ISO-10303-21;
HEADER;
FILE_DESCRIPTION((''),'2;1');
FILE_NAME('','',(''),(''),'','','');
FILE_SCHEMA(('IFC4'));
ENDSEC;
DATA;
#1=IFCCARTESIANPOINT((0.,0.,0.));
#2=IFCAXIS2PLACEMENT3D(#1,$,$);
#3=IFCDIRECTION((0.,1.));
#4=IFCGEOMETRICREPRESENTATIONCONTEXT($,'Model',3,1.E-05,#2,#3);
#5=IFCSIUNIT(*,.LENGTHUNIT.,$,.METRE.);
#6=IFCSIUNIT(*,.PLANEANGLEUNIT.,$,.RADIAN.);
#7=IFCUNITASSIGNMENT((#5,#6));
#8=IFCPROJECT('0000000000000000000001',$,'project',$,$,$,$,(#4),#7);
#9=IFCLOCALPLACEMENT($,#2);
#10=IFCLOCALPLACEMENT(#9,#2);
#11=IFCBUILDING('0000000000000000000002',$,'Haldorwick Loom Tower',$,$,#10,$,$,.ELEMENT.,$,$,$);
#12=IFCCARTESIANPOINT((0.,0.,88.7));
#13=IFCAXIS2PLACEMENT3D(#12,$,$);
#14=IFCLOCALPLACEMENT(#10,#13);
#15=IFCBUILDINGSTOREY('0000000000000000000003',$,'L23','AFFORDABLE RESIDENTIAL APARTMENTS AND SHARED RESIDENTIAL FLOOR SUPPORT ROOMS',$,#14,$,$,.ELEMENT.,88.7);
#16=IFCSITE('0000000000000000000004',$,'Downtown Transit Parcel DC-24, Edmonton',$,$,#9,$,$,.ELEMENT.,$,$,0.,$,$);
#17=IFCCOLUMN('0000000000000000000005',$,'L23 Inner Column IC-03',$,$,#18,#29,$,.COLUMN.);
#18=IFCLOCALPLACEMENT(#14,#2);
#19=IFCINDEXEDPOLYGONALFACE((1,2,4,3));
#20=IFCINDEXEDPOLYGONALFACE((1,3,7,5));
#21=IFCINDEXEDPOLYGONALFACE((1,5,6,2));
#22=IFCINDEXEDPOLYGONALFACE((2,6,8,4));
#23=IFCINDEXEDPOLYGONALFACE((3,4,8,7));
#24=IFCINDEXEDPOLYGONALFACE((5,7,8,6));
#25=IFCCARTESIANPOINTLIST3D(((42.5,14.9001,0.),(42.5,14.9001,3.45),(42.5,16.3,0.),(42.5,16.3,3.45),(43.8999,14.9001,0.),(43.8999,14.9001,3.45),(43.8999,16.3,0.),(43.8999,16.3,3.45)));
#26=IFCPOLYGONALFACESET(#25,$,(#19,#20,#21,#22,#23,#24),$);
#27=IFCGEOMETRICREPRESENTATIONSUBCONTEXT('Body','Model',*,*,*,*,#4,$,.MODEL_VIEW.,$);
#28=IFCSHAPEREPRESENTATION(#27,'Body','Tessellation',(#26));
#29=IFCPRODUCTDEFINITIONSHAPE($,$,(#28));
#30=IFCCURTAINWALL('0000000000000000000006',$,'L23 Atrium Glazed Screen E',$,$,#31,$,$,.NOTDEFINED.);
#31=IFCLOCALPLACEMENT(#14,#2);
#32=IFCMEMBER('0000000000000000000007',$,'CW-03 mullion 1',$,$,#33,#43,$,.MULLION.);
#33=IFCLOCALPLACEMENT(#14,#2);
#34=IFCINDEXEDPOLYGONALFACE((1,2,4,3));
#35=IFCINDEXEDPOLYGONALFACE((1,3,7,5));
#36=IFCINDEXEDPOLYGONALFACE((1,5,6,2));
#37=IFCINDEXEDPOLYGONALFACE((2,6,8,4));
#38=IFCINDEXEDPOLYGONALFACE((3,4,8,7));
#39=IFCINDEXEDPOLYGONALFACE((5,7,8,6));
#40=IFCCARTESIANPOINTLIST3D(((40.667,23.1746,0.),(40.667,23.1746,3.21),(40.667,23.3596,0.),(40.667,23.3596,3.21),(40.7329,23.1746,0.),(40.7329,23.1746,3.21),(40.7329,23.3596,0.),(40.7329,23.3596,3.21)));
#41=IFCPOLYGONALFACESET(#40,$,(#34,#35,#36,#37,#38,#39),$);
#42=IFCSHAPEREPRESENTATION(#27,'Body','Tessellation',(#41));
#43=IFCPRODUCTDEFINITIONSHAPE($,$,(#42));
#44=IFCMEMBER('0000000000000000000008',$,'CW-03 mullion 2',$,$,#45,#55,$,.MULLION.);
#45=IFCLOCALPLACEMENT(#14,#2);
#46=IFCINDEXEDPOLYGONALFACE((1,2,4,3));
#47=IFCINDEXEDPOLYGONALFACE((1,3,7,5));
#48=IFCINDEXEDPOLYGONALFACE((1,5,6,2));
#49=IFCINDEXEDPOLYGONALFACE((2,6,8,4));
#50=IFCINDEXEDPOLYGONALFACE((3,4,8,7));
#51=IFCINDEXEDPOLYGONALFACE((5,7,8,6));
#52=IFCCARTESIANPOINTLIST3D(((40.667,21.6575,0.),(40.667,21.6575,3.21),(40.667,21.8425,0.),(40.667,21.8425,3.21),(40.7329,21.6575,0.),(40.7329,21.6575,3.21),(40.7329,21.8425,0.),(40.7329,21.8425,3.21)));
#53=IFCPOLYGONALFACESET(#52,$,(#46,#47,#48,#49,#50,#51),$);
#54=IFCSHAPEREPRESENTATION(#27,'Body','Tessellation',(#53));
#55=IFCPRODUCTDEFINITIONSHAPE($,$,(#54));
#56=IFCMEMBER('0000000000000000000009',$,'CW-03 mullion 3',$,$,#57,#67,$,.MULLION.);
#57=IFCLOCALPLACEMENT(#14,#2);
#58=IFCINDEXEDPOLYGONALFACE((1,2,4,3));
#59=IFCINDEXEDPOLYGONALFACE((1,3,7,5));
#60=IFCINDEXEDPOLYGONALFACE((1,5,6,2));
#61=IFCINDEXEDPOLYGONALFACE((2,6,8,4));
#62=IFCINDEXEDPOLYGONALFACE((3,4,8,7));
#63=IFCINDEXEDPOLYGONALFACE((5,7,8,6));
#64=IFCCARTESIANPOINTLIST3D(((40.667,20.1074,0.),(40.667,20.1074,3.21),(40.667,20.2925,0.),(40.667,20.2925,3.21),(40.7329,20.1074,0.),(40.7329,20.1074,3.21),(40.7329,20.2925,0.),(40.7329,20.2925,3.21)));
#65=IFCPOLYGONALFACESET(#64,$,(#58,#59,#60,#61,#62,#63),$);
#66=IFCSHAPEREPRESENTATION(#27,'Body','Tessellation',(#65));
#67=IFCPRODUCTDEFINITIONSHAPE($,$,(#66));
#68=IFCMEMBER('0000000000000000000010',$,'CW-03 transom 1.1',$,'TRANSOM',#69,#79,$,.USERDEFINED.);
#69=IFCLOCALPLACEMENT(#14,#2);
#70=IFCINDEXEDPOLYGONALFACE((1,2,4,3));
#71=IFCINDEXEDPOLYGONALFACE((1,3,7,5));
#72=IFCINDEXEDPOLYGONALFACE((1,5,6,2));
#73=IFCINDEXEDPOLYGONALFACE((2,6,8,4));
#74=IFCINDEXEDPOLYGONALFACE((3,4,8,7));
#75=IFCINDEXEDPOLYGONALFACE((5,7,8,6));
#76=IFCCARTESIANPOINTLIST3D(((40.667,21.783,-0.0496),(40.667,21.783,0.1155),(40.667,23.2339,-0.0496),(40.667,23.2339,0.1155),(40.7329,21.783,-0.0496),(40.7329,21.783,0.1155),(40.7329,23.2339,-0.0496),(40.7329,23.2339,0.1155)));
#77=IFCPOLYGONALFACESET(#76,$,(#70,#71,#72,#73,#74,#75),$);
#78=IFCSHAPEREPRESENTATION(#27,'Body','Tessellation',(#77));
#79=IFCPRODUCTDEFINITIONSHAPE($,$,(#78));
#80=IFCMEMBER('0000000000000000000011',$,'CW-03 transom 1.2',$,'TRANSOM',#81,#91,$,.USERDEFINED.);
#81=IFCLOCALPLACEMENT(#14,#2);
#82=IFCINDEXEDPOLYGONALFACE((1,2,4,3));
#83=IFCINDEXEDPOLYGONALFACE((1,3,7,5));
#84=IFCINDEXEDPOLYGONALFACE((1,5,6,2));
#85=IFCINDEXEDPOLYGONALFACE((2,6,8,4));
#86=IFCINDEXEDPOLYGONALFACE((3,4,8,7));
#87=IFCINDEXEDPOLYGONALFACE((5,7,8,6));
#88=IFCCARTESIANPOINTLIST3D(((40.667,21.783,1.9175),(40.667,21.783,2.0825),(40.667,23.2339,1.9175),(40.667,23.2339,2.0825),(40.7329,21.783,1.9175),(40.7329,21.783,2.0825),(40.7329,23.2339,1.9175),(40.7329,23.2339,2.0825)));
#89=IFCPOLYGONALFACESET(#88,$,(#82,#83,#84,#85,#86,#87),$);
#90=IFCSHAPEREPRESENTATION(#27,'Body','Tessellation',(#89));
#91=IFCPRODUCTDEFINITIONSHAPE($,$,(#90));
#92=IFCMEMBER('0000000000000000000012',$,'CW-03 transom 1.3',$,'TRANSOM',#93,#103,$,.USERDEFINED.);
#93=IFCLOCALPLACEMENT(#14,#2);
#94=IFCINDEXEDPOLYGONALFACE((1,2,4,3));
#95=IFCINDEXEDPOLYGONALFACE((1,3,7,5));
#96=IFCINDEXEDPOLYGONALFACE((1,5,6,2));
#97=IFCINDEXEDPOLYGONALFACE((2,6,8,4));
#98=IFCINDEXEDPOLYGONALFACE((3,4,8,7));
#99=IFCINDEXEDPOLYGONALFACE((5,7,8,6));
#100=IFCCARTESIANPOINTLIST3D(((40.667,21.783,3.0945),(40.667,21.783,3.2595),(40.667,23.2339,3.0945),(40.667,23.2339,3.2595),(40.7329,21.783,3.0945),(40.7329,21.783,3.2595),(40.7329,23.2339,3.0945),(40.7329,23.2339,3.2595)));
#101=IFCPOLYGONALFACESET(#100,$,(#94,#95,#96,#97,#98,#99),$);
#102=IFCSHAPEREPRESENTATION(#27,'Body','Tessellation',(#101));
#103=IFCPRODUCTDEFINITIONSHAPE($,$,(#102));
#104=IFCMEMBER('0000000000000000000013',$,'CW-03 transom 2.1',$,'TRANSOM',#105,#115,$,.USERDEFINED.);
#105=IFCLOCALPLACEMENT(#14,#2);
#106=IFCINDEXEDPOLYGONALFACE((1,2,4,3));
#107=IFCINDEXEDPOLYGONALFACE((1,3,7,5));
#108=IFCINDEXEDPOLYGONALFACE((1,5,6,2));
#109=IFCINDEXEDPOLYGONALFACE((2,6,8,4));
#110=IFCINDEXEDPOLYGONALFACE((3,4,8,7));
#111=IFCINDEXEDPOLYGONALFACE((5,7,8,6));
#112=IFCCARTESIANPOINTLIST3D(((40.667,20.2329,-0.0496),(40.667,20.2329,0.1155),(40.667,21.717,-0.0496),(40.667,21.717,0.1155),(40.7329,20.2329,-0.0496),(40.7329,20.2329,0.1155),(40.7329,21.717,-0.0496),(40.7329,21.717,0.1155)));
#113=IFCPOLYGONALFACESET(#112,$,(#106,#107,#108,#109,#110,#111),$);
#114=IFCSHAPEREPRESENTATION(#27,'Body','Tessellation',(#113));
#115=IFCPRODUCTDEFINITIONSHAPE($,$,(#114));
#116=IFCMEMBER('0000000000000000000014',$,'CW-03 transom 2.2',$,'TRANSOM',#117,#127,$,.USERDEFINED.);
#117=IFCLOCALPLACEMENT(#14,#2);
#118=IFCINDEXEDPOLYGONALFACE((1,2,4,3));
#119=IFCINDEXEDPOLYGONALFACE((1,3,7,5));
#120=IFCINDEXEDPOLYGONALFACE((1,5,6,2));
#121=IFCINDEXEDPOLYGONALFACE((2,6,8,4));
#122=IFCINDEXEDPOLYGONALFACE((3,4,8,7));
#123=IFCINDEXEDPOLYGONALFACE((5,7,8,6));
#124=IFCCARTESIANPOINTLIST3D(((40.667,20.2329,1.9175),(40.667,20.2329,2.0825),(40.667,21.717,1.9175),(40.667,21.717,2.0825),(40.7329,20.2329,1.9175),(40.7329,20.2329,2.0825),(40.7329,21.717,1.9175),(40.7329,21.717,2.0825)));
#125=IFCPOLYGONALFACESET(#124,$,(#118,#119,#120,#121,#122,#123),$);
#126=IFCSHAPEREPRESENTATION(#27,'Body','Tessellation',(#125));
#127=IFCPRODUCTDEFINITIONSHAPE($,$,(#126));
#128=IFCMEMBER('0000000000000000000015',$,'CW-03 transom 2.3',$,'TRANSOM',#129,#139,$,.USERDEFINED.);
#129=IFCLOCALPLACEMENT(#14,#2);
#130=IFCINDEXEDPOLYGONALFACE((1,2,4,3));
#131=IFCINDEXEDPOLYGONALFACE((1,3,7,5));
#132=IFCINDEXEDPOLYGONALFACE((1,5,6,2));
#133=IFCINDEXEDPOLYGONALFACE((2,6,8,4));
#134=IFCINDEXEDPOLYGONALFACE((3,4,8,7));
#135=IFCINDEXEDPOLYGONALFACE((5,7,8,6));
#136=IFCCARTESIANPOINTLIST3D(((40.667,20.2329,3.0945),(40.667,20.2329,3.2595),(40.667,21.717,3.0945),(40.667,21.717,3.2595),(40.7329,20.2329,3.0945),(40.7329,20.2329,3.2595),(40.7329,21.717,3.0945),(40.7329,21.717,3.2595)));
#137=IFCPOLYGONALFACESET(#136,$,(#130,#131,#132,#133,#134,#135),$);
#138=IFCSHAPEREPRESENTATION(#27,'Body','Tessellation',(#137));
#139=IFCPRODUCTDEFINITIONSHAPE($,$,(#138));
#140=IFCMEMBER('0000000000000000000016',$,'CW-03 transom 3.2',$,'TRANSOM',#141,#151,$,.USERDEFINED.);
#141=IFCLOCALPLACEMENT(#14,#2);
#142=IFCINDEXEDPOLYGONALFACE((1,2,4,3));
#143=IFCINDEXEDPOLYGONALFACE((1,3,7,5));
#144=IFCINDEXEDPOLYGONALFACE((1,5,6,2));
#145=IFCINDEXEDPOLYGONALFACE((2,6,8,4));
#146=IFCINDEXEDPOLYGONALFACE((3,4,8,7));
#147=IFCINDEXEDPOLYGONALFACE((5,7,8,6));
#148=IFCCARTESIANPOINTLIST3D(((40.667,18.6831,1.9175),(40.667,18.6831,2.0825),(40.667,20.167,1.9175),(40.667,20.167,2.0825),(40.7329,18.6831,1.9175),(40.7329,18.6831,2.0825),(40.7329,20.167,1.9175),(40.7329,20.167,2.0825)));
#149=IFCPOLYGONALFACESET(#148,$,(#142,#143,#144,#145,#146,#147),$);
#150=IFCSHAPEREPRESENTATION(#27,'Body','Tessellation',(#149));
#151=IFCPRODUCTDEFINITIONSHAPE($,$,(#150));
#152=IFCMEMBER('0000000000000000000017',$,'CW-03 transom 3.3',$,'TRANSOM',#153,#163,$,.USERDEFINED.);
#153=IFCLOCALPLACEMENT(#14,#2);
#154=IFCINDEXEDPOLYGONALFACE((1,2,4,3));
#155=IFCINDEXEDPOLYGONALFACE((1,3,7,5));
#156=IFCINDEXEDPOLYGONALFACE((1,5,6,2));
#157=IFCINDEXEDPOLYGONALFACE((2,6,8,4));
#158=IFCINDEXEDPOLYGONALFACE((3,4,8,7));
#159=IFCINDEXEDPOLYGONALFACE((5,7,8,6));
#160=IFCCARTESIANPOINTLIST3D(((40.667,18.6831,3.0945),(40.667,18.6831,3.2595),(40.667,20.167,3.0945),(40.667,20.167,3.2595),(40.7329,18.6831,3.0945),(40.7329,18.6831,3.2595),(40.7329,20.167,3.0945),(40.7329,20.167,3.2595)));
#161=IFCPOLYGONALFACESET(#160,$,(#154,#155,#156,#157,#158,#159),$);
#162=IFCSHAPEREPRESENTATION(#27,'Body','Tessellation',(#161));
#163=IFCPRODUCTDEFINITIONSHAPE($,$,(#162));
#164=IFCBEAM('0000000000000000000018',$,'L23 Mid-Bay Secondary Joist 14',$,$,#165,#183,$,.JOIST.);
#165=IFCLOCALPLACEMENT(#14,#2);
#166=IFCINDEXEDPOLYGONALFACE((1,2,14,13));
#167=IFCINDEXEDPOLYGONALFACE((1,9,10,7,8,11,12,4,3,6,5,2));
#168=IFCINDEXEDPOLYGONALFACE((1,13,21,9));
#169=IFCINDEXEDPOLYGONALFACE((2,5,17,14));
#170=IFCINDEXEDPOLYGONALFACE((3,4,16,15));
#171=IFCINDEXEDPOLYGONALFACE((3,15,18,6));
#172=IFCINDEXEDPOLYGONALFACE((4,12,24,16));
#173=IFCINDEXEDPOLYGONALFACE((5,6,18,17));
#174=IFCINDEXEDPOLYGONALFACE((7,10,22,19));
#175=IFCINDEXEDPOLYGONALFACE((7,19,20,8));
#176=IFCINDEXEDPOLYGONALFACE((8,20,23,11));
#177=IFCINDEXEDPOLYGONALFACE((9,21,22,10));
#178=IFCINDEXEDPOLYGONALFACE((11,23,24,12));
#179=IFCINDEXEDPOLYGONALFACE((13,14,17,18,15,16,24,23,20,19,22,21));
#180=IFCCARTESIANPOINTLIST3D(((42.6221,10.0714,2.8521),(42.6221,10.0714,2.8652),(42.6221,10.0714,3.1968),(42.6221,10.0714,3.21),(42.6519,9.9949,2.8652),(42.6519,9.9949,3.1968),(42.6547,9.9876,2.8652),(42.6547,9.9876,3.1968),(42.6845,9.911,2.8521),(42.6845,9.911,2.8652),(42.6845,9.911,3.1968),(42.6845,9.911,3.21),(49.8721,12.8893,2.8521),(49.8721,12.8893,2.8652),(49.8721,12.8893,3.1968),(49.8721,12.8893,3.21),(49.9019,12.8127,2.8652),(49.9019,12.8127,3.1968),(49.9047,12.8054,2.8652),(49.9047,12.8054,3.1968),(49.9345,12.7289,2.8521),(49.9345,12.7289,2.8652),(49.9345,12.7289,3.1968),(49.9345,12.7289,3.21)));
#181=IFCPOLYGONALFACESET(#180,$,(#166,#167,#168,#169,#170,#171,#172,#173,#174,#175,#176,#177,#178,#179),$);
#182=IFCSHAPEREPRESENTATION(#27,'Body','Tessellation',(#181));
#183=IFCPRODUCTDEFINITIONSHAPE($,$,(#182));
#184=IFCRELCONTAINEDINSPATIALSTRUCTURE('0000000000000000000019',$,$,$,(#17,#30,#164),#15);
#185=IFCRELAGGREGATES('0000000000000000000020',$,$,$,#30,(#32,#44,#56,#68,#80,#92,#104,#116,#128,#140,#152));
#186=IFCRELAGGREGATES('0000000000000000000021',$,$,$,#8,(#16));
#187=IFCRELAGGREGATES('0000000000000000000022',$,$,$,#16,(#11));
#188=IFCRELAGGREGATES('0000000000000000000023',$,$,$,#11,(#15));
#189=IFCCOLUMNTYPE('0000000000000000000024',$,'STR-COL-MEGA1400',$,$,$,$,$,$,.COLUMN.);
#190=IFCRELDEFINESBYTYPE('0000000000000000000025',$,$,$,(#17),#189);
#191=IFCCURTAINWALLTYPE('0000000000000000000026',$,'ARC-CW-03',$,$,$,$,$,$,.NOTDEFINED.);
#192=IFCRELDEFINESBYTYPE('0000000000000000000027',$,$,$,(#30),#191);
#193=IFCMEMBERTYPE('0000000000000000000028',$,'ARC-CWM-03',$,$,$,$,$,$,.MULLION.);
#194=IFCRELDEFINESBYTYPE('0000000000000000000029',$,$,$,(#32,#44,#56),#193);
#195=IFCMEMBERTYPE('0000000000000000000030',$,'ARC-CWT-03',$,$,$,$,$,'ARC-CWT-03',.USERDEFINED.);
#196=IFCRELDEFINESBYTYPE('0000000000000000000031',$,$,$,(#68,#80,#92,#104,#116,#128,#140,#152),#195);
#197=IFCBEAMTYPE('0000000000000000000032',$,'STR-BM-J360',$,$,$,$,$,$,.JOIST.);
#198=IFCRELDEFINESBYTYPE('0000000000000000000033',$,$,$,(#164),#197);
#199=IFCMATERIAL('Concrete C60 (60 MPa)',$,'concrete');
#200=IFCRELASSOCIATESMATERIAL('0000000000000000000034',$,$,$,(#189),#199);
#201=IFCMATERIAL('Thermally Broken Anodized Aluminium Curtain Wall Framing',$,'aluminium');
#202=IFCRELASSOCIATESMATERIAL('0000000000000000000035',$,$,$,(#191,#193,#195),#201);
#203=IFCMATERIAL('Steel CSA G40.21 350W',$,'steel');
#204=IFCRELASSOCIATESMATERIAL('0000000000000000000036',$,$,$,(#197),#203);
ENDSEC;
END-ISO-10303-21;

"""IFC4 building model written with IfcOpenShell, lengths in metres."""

from ifc_helpers import new_model, si_unit, direction, frame, origin, origin_2d, place, context, subcontext, project, spatial, rectangle, i_section, extrude, material, material_profile, profile_set, type_object, element, aggregate, save


model = new_model("IFC4")

# Units and contexts
model_context = context("Model", 3, precision=1e-05, world=origin(), true_north=direction((0.0, 1.0)))
body_context = subcontext(model_context, "Body", "Model", "MODEL_VIEW")
ifc_project = project(units=[si_unit("LENGTHUNIT", "METRE"), si_unit("PLANEANGLEUNIT", "RADIAN")], contexts=[model_context])

# Site, building, storey
site_placement = place(None, origin())
site = spatial("IfcSite", under=ifc_project, at=site_placement, Name="Downtown Transit Parcel DC-24, Edmonton", CompositionType="ELEMENT", RefElevation=0.0)
building_placement = place(site_placement, origin())
building = spatial("IfcBuilding", under=site, at=building_placement, Name="Haldorwick Loom Tower", CompositionType="ELEMENT")
storey_placement = place(building_placement, frame((0.0, 0.0, 88.7)))
storey = spatial("IfcBuildingStorey", under=building, at=storey_placement, Name="L23", Description="AFFORDABLE RESIDENTIAL APARTMENTS AND SHARED RESIDENTIAL FLOOR SUPPORT ROOMS", CompositionType="ELEMENT", Elevation=88.7)

# Column
ifc_material_1 = material(Name="Concrete C60 (60 MPa)", Category="concrete")
ifc_material_profile_1 = material_profile(ifc_material_1, rectangle(XDim=1.3999, YDim=1.3999, at=origin_2d()), Name="RC1400X1400", Category="concrete")
ifc_profile_set_1 = profile_set([ifc_material_profile_1], Name="Concrete C60 (60 MPa)")
column_type = type_object("IfcColumnType", Name="STR-COL-MEGA1400", PredefinedType="COLUMN", material=ifc_profile_set_1)
column_placement = place(storey_placement, frame((43.2, 15.6001, 0.0), z_axis=(0.0, 0.0, 1.0), x_axis=(1.0, 0.0, 0.0)))
element("IfcColumn", 1, at=column_placement, inside=storey, type_object=column_type, Name="L23 Inner Column IC-03", PredefinedType="COLUMN", context=body_context, shape_type="SweptSolid", body=[
    extrude(rectangle(XDim=1.3999, YDim=1.3999, at=origin_2d()), origin(), (0.0, 0.0, 1.0), 3.45),
])

# Curtain wall, members
ifc_material_2 = material(Name="Thermally Broken Anodized Aluminium Curtain Wall Framing", Category="aluminium")
curtain_wall_type = type_object("IfcCurtainWallType", Name="ARC-CW-03", PredefinedType="NOTDEFINED", material=ifc_material_2)
curtain_wall_placement = place(storey_placement, origin())
curtain_wall = element("IfcCurtainWall", 2, at=curtain_wall_placement, inside=storey, type_object=curtain_wall_type, Name="L23 Atrium Glazed Screen E", PredefinedType="NOTDEFINED")
ifc_material_profile_2 = material_profile(ifc_material_2, rectangle(XDim=0.0659, YDim=0.1851, at=origin_2d()), Name="ALU_MUL_66X185", Category="aluminium")
ifc_profile_set_2 = profile_set([ifc_material_profile_2], Name="Thermally Broken Anodized Aluminium Curtain Wall Framing")
member_type_1 = type_object("IfcMemberType", Name="ARC-CWM-03", PredefinedType="MULLION", material=ifc_profile_set_2)
member_1_placement = place(storey_placement, frame((40.7, 23.2671, 0.0), z_axis=(0.0, 0.0, 1.0), x_axis=(1.0, 0.0, 0.0)))
member_1 = element("IfcMember", 3, at=member_1_placement, type_object=member_type_1, Name="CW-03 mullion 1", PredefinedType="MULLION", context=body_context, shape_type="SweptSolid", body=[
    extrude(rectangle(XDim=0.0659, YDim=0.1851, at=origin_2d()), origin(), (0.0, 0.0, 1.0), 3.21),
])
member_2_placement = place(storey_placement, frame((40.7, 21.75, 0.0), z_axis=(0.0, 0.0, 1.0), x_axis=(1.0, 0.0, 0.0)))
member_2 = element("IfcMember", 4, at=member_2_placement, type_object=member_type_1, Name="CW-03 mullion 2", PredefinedType="MULLION", context=body_context, shape_type="SweptSolid", body=[
    extrude(rectangle(XDim=0.0659, YDim=0.1851, at=origin_2d()), origin(), (0.0, 0.0, 1.0), 3.21),
])
member_3_placement = place(storey_placement, frame((40.7, 20.2, 0.0), z_axis=(0.0, 0.0, 1.0), x_axis=(1.0, 0.0, 0.0)))
member_3 = element("IfcMember", 5, at=member_3_placement, type_object=member_type_1, Name="CW-03 mullion 3", PredefinedType="MULLION", context=body_context, shape_type="SweptSolid", body=[
    extrude(rectangle(XDim=0.0659, YDim=0.1851, at=origin_2d()), origin(), (0.0, 0.0, 1.0), 3.21),
])
ifc_material_profile_3 = material_profile(ifc_material_2, rectangle(XDim=0.0659, YDim=0.165, at=origin_2d()), Name="ALU_TRN_66X165", Category="aluminium")
ifc_profile_set_3 = profile_set([ifc_material_profile_3], Name="Thermally Broken Anodized Aluminium Curtain Wall Framing")
member_type_2 = type_object("IfcMemberType", Name="ARC-CWT-03", ElementType="ARC-CWT-03", PredefinedType="USERDEFINED", material=ifc_profile_set_3)
member_4_placement = place(storey_placement, frame((40.7, 23.2339, 0.033), z_axis=(0.0, -1.0, 0.0), x_axis=(1.0, 0.0, 0.0)))
member_4 = element("IfcMember", 6, at=member_4_placement, type_object=member_type_2, Name="CW-03 transom 1.1", ObjectType="TRANSOM", PredefinedType="USERDEFINED", context=body_context, shape_type="SweptSolid", body=[
    extrude(rectangle(XDim=0.0659, YDim=0.165, at=origin_2d()), origin(), (0.0, 0.0, 1.0), 1.4509),
])
member_5_placement = place(storey_placement, frame((40.7, 23.2339, 2.0), z_axis=(0.0, -1.0, 0.0), x_axis=(1.0, 0.0, 0.0)))
member_5 = element("IfcMember", 7, at=member_5_placement, type_object=member_type_2, Name="CW-03 transom 1.2", ObjectType="TRANSOM", PredefinedType="USERDEFINED", context=body_context, shape_type="SweptSolid", body=[
    extrude(rectangle(XDim=0.0659, YDim=0.165, at=origin_2d()), origin(), (0.0, 0.0, 1.0), 1.4509),
])
member_6_placement = place(storey_placement, frame((40.7, 23.2339, 3.177), z_axis=(0.0, -1.0, 0.0), x_axis=(1.0, 0.0, 0.0)))
member_6 = element("IfcMember", 8, at=member_6_placement, type_object=member_type_2, Name="CW-03 transom 1.3", ObjectType="TRANSOM", PredefinedType="USERDEFINED", context=body_context, shape_type="SweptSolid", body=[
    extrude(rectangle(XDim=0.0659, YDim=0.165, at=origin_2d()), origin(), (0.0, 0.0, 1.0), 1.4509),
])
member_7_placement = place(storey_placement, frame((40.7, 21.717, 0.033), z_axis=(0.0, -1.0, 0.0), x_axis=(1.0, 0.0, 0.0)))
member_7 = element("IfcMember", 9, at=member_7_placement, type_object=member_type_2, Name="CW-03 transom 2.1", ObjectType="TRANSOM", PredefinedType="USERDEFINED", context=body_context, shape_type="SweptSolid", body=[
    extrude(rectangle(XDim=0.0659, YDim=0.165, at=origin_2d()), origin(), (0.0, 0.0, 1.0), 1.4841),
])
member_8_placement = place(storey_placement, frame((40.7, 21.717, 2.0), z_axis=(0.0, -1.0, 0.0), x_axis=(1.0, 0.0, 0.0)))
member_8 = element("IfcMember", 10, at=member_8_placement, type_object=member_type_2, Name="CW-03 transom 2.2", ObjectType="TRANSOM", PredefinedType="USERDEFINED", context=body_context, shape_type="SweptSolid", body=[
    extrude(rectangle(XDim=0.0659, YDim=0.165, at=origin_2d()), origin(), (0.0, 0.0, 1.0), 1.4841),
])
member_9_placement = place(storey_placement, frame((40.7, 21.717, 3.177), z_axis=(0.0, -1.0, 0.0), x_axis=(1.0, 0.0, 0.0)))
member_9 = element("IfcMember", 11, at=member_9_placement, type_object=member_type_2, Name="CW-03 transom 2.3", ObjectType="TRANSOM", PredefinedType="USERDEFINED", context=body_context, shape_type="SweptSolid", body=[
    extrude(rectangle(XDim=0.0659, YDim=0.165, at=origin_2d()), origin(), (0.0, 0.0, 1.0), 1.4841),
])
member_10_placement = place(storey_placement, frame((40.7, 20.167, 2.0), z_axis=(0.0, -1.0, 0.0), x_axis=(1.0, 0.0, 0.0)))
member_10 = element("IfcMember", 12, at=member_10_placement, type_object=member_type_2, Name="CW-03 transom 3.2", ObjectType="TRANSOM", PredefinedType="USERDEFINED", context=body_context, shape_type="SweptSolid", body=[
    extrude(rectangle(XDim=0.0659, YDim=0.165, at=origin_2d()), origin(), (0.0, 0.0, 1.0), 1.4839),
])
member_11_placement = place(storey_placement, frame((40.7, 20.167, 3.177), z_axis=(0.0, -1.0, 0.0), x_axis=(1.0, 0.0, 0.0)))
member_11 = element("IfcMember", 13, at=member_11_placement, type_object=member_type_2, Name="CW-03 transom 3.3", ObjectType="TRANSOM", PredefinedType="USERDEFINED", context=body_context, shape_type="SweptSolid", body=[
    extrude(rectangle(XDim=0.0659, YDim=0.165, at=origin_2d()), origin(), (0.0, 0.0, 1.0), 1.4839),
])

# Beam
ifc_material_3 = material(Name="Steel CSA G40.21 350W", Category="steel")
ifc_material_profile_4 = material_profile(ifc_material_3, i_section(OverallWidth=0.1721, OverallDepth=0.3579, WebThickness=0.0078, FlangeThickness=0.0132, at=origin_2d()), Name="W360X57", Category="steel")
ifc_profile_set_4 = profile_set([ifc_material_profile_4], Name="Steel CSA G40.21 350W")
beam_type_1 = type_object("IfcBeamType", Name="STR-BM-J360", PredefinedType="JOIST", material=ifc_profile_set_4)
beam_1_placement = place(storey_placement, frame((42.6533, 9.9912, 3.031), z_axis=(0.932073, 0.362271, 0.0), x_axis=(-0.362271, 0.932073, 0.0)))
element("IfcBeam", 14, at=beam_1_placement, inside=storey, type_object=beam_type_1, Name="L23 Mid-Bay Secondary Joist 14", PredefinedType="JOIST", context=body_context, shape_type="SweptSolid", body=[
    extrude(i_section(OverallWidth=0.1721, OverallDepth=0.3579, WebThickness=0.0078, FlangeThickness=0.0132, at=origin_2d()), origin(), (0.0, 0.0, 1.0), 7.7783),
])

aggregate(curtain_wall, [member_1, member_2, member_3, member_4, member_5, member_6, member_7, member_8, member_9, member_10, member_11])

save(model, "model.ifc")
